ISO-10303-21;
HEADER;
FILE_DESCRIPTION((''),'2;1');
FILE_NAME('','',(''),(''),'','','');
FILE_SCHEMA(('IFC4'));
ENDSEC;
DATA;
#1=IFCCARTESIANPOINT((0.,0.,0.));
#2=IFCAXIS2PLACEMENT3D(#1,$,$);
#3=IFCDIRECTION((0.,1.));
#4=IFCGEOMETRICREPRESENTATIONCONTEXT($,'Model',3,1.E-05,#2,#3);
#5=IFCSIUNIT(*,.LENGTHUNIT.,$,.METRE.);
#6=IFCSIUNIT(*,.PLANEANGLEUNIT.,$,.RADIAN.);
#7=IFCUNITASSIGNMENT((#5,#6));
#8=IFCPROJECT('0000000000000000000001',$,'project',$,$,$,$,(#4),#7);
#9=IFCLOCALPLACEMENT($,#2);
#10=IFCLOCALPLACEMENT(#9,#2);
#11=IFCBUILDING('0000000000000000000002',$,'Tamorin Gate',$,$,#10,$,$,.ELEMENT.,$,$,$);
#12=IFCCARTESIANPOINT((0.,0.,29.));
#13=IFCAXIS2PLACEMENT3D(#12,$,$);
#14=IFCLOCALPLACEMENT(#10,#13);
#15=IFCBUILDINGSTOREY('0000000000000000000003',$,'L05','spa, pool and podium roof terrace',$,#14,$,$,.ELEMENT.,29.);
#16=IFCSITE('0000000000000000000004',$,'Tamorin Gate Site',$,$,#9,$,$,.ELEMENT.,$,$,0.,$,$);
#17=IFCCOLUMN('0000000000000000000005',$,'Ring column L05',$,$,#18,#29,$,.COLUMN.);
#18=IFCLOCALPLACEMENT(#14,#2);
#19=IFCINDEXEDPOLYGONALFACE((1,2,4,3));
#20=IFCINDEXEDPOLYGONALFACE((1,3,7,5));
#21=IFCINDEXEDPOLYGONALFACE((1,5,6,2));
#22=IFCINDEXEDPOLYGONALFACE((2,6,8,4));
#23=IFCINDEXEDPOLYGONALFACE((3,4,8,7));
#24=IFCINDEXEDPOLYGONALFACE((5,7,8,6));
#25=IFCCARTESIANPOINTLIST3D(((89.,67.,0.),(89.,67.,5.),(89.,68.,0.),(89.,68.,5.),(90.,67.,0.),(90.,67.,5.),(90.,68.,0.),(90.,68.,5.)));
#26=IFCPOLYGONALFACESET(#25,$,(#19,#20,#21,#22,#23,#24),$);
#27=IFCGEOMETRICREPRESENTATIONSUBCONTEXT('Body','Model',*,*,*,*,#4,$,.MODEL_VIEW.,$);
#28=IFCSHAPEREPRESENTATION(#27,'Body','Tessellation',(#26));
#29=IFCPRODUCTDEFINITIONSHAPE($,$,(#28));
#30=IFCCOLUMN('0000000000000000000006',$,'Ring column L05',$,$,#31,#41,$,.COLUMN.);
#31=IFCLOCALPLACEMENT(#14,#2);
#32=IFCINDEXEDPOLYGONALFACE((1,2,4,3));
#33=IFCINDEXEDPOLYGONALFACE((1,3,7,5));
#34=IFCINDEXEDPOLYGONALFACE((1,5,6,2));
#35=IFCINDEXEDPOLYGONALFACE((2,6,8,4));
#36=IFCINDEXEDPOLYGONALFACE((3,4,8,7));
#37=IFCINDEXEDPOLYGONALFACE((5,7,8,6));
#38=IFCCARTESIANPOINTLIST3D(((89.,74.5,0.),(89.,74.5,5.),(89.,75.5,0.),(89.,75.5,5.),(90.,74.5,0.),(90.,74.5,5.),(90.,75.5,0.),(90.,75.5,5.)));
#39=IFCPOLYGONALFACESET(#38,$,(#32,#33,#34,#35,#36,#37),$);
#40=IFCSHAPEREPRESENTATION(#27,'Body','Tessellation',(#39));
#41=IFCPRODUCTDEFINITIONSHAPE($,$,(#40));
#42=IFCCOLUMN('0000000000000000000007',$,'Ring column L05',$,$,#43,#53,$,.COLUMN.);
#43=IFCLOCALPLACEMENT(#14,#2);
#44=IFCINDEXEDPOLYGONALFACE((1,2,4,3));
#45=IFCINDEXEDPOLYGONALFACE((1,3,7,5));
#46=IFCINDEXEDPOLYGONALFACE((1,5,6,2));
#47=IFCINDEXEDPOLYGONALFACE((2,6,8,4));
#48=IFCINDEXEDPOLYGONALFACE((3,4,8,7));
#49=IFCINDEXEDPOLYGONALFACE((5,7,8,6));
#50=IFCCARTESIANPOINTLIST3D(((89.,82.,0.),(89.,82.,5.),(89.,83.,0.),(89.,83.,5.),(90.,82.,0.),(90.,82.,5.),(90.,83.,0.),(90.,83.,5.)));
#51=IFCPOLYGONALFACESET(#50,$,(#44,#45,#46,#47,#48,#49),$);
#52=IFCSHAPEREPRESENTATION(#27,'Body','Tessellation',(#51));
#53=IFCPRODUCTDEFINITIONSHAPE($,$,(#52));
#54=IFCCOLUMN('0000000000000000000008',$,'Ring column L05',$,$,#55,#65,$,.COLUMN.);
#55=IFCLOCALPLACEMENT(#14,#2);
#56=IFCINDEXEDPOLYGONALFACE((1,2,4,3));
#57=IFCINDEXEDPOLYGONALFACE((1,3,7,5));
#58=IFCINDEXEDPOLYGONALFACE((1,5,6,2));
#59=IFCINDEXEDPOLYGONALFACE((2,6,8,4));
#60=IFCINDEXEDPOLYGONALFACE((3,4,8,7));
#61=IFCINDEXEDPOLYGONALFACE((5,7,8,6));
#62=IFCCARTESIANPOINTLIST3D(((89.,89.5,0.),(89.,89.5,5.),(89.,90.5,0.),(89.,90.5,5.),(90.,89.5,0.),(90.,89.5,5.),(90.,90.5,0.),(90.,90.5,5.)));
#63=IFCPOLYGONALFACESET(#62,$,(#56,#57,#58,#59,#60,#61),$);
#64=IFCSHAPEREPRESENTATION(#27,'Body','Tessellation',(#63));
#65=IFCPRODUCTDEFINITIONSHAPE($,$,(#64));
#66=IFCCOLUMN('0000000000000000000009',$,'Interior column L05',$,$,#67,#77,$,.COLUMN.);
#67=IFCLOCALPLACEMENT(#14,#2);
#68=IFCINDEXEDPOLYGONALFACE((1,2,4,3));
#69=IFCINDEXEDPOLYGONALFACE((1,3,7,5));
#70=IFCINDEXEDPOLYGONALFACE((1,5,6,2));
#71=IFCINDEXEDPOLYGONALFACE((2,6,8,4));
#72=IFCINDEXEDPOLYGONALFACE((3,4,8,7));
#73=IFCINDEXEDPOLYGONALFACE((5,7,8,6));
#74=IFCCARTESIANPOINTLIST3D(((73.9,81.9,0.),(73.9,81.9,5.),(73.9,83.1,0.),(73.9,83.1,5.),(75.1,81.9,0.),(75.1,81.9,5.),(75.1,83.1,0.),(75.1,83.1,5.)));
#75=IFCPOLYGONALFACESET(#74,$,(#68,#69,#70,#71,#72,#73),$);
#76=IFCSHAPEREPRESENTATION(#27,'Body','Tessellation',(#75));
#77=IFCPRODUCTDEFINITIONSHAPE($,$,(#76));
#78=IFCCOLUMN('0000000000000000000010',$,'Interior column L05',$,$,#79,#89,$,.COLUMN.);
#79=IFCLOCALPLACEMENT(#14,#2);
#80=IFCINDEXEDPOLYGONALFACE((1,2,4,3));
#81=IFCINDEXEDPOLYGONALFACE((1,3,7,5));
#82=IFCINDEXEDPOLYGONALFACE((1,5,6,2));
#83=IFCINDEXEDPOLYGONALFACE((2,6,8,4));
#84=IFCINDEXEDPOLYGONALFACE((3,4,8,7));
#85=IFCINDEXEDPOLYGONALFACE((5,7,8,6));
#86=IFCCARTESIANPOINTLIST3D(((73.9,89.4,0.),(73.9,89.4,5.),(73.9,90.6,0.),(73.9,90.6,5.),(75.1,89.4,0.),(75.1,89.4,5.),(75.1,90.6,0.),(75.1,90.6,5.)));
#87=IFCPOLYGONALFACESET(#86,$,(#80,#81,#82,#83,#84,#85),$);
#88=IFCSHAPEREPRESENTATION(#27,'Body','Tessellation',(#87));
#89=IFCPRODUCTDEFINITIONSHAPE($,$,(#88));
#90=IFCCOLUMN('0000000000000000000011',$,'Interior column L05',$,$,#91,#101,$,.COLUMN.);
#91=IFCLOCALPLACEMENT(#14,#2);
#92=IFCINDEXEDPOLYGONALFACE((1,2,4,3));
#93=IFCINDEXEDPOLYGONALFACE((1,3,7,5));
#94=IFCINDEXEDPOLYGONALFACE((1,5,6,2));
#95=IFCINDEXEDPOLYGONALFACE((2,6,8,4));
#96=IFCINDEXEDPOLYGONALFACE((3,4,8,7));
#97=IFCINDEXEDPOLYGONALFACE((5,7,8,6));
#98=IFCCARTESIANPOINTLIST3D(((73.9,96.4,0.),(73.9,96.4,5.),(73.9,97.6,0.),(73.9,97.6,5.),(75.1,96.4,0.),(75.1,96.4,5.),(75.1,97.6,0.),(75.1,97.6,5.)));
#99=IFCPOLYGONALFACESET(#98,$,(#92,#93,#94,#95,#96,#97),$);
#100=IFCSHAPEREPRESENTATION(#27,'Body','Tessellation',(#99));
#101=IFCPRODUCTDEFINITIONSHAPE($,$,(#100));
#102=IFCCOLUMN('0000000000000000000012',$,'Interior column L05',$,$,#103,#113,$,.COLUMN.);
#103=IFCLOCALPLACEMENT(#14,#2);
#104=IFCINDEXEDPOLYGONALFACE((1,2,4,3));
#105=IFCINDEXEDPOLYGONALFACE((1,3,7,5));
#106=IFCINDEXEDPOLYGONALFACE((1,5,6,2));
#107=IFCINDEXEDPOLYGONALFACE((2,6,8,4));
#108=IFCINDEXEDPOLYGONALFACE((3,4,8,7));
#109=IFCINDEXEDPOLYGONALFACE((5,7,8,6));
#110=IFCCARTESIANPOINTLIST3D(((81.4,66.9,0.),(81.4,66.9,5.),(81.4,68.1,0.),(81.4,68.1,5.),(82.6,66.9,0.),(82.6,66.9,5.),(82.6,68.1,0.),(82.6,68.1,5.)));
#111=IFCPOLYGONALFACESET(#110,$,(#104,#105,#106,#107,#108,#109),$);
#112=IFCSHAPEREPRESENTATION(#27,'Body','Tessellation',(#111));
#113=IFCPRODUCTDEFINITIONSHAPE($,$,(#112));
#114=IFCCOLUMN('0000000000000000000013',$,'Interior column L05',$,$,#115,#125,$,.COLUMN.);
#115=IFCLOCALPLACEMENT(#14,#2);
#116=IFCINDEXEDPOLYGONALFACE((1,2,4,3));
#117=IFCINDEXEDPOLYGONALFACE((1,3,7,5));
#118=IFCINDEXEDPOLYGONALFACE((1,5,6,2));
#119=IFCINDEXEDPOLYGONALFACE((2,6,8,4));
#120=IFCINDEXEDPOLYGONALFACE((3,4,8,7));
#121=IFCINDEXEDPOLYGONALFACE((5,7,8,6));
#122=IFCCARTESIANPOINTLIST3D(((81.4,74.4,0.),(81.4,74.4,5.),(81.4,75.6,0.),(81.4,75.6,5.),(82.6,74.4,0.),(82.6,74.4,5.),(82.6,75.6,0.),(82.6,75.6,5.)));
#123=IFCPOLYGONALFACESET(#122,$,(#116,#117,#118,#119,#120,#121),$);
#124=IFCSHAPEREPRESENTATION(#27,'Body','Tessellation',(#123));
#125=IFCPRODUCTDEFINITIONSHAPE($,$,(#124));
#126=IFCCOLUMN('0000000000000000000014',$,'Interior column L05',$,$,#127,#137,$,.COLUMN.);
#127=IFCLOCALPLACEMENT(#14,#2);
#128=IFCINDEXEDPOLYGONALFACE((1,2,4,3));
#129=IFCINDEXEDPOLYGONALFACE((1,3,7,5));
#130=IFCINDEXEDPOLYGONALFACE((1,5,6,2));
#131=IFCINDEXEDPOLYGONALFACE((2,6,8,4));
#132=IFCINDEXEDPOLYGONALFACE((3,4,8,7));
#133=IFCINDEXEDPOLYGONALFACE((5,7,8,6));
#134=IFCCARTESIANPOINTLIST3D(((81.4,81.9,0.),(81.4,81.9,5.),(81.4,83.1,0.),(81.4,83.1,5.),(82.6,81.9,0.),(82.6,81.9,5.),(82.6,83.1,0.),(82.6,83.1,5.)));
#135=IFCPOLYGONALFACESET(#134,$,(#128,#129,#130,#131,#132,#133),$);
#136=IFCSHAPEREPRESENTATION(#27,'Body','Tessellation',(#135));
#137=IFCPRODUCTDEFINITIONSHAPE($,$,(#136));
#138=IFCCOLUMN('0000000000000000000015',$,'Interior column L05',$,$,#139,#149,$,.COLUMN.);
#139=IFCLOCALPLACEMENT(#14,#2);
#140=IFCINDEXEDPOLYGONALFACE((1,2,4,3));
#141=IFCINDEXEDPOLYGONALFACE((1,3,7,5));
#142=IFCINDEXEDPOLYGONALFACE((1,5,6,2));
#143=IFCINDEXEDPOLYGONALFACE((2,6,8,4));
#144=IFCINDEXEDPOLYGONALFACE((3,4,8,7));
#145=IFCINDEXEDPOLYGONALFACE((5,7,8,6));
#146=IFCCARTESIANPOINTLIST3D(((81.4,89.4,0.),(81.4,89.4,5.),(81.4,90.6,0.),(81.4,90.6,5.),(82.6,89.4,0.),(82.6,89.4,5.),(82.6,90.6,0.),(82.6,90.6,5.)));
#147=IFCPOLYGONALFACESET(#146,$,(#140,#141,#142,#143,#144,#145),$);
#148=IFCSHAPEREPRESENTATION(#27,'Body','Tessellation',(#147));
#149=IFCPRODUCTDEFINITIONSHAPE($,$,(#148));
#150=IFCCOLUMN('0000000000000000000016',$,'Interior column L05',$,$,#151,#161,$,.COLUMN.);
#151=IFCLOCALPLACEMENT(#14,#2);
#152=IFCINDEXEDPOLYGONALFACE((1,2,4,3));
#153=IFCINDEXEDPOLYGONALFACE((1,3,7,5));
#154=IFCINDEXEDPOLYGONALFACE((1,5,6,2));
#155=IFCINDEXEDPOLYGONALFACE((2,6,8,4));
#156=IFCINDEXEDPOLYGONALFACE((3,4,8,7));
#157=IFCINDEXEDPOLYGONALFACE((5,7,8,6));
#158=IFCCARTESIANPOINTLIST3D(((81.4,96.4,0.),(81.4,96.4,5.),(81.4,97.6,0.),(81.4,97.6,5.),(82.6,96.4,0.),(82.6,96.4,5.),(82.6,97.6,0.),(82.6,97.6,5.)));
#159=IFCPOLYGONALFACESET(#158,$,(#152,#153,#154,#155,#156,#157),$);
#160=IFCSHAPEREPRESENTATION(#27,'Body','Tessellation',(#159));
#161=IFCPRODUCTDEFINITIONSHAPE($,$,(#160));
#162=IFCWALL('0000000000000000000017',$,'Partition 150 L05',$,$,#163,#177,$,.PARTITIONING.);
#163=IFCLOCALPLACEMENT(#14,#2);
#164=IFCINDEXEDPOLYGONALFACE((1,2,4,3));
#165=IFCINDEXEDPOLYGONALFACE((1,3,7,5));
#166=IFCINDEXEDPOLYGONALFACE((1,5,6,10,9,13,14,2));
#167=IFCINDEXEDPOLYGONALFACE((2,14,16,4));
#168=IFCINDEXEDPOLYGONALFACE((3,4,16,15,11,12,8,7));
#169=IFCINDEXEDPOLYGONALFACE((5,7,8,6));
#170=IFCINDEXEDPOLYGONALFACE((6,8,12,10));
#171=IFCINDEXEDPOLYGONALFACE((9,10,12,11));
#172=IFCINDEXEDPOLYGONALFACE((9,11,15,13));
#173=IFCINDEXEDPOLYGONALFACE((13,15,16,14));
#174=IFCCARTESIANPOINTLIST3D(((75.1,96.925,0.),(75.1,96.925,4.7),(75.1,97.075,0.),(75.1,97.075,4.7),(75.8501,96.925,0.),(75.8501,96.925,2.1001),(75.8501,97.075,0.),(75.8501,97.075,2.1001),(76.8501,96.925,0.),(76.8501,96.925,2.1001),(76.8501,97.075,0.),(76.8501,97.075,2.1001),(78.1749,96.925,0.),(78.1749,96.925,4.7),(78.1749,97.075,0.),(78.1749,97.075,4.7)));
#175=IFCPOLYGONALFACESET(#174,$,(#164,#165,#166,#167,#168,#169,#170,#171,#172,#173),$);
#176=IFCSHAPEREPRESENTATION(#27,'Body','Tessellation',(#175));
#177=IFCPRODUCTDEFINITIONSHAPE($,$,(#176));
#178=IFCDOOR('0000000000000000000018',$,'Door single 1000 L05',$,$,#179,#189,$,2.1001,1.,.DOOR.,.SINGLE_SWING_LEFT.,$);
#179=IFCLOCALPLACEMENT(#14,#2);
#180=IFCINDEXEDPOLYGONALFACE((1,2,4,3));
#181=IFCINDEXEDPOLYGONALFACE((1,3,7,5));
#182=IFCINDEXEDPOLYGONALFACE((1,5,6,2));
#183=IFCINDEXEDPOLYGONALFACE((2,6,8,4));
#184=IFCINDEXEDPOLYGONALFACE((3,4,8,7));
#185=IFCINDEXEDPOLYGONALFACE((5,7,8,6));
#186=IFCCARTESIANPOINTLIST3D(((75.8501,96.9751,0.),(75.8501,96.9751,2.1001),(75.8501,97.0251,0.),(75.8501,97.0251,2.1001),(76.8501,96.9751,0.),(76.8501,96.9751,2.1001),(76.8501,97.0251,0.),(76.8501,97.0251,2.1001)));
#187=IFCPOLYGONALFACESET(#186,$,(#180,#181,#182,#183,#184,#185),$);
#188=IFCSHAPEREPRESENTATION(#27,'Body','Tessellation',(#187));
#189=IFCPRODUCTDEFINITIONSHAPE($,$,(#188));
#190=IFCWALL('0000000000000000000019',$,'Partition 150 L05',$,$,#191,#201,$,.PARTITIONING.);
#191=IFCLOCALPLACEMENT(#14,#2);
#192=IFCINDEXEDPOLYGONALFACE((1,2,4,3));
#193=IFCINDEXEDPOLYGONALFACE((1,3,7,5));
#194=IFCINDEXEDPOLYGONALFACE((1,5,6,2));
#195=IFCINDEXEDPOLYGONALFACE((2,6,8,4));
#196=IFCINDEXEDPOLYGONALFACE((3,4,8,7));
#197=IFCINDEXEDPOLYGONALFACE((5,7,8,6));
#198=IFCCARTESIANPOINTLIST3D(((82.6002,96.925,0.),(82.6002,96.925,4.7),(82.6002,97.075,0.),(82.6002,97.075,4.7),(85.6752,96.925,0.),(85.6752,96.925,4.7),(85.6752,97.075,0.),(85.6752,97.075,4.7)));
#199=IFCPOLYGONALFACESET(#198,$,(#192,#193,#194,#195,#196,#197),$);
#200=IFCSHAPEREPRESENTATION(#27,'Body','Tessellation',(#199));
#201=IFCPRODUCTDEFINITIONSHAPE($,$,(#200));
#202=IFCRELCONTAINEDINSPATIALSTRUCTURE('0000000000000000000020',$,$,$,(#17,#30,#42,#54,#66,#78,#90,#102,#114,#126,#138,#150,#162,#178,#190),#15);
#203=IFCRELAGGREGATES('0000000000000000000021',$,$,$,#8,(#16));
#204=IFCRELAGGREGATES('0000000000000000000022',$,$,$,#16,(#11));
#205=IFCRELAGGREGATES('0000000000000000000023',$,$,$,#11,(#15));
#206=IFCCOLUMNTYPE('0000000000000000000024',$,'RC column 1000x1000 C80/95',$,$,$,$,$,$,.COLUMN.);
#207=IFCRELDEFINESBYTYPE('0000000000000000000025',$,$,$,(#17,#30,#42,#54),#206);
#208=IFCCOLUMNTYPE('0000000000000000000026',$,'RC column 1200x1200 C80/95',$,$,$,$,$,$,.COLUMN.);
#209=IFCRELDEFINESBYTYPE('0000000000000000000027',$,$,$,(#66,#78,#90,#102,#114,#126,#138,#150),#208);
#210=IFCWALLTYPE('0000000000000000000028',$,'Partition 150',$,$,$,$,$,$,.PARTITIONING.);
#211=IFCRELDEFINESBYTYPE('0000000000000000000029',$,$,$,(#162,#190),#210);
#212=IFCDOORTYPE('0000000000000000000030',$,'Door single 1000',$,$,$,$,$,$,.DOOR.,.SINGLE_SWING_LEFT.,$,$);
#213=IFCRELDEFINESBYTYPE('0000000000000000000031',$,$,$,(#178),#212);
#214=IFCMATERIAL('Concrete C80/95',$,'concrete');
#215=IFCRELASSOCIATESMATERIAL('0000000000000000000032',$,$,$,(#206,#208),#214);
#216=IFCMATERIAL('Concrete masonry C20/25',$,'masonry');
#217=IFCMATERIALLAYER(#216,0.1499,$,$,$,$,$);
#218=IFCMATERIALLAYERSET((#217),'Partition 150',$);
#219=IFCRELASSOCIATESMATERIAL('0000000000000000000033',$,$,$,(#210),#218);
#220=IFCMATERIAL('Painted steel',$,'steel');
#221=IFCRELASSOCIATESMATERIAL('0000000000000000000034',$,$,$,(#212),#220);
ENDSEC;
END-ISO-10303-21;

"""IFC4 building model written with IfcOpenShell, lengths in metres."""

from ifc_helpers import new_model, si_unit, direction, frame, frame_2d, origin, origin_2d, place, context, subcontext, project, spatial, rectangle, extrude, material, layer, layer_set, material_profile, profile_set, type_object, element, fill, save


model = new_model("IFC4")

# Units and contexts
model_context = context("Model", 3, precision=1e-05, world=origin(), true_north=direction((0.0, 1.0)))
body_context = subcontext(model_context, "Body", "Model", "MODEL_VIEW")
ifc_project = project(units=[si_unit("LENGTHUNIT", "METRE"), si_unit("PLANEANGLEUNIT", "RADIAN")], contexts=[model_context])

# Site, building, storey
site_placement = place(None, origin())
site = spatial("IfcSite", under=ifc_project, at=site_placement, Name="Tamorin Gate Site", CompositionType="ELEMENT", RefElevation=0.0)
building_placement = place(site_placement, origin())
building = spatial("IfcBuilding", under=site, at=building_placement, Name="Tamorin Gate", CompositionType="ELEMENT")
storey_placement = place(building_placement, frame((0.0, 0.0, 29.0)))
storey = spatial("IfcBuildingStorey", under=building, at=storey_placement, Name="L05", Description="spa, pool and podium roof terrace", CompositionType="ELEMENT", Elevation=29.0)

# Columns
ifc_material_1 = material(Name="Concrete C80/95", Category="concrete")
ifc_material_profile_1 = material_profile(ifc_material_1, rectangle(XDim=1.0, YDim=1.0, at=origin_2d()), Name="RC 1000x1000")
ifc_profile_set_1 = profile_set([ifc_material_profile_1], Name="Concrete C80/95")
column_type_1 = type_object("IfcColumnType", Name="RC column 1000x1000 C80/95", PredefinedType="COLUMN", material=ifc_profile_set_1)
for number, where, z_axis, x_axis, name in (
    (1, (89.5, 67.5, 0.0), (0.0, 0.0, 1.0), (1.0, 0.0, 0.0), "Ring column L05"),
    (2, (89.5, 75.0, 0.0), (0.0, 0.0, 1.0), (1.0, 0.0, 0.0), "Ring column L05"),
    (3, (89.5, 82.5, 0.0), (0.0, 0.0, 1.0), (1.0, 0.0, 0.0), "Ring column L05"),
    (4, (89.5, 90.0, 0.0), (0.0, 0.0, 1.0), (1.0, 0.0, 0.0), "Ring column L05"),
):
    element("IfcColumn", number, at=place(storey_placement, frame(where, z_axis=z_axis, x_axis=x_axis)), inside=storey, type_object=column_type_1, Name=name, PredefinedType="COLUMN", context=body_context, shape_type="SweptSolid", body=[
        extrude(rectangle(XDim=1.0, YDim=1.0, at=origin_2d()), origin(), (0.0, 0.0, 1.0), 5.0),
    ])
ifc_material_profile_2 = material_profile(ifc_material_1, rectangle(XDim=1.2, YDim=1.2, at=origin_2d()), Name="RC 1200x1200")
ifc_profile_set_2 = profile_set([ifc_material_profile_2], Name="Concrete C80/95")
column_type_2 = type_object("IfcColumnType", Name="RC column 1200x1200 C80/95", PredefinedType="COLUMN", material=ifc_profile_set_2)
for number, where, z_axis, x_axis, name in (
    (5, (74.5, 82.5, 0.0), (0.0, 0.0, 1.0), (1.0, 0.0, 0.0), "Interior column L05"),
    (6, (74.5, 90.0, 0.0), (0.0, 0.0, 1.0), (1.0, 0.0, 0.0), "Interior column L05"),
    (7, (74.5, 97.0, 0.0), (0.0, 0.0, 1.0), (1.0, 0.0, 0.0), "Interior column L05"),
    (8, (82.0, 67.5, 0.0), (0.0, 0.0, 1.0), (1.0, 0.0, 0.0), "Interior column L05"),
    (9, (82.0, 75.0, 0.0), (0.0, 0.0, 1.0), (1.0, 0.0, 0.0), "Interior column L05"),
    (10, (82.0, 82.5, 0.0), (0.0, 0.0, 1.0), (1.0, 0.0, 0.0), "Interior column L05"),
    (11, (82.0, 90.0, 0.0), (0.0, 0.0, 1.0), (1.0, 0.0, 0.0), "Interior column L05"),
    (12, (82.0, 97.0, 0.0), (0.0, 0.0, 1.0), (1.0, 0.0, 0.0), "Interior column L05"),
):
    element("IfcColumn", number, at=place(storey_placement, frame(where, z_axis=z_axis, x_axis=x_axis)), inside=storey, type_object=column_type_2, Name=name, PredefinedType="COLUMN", context=body_context, shape_type="SweptSolid", body=[
        extrude(rectangle(XDim=1.2, YDim=1.2, at=origin_2d()), origin(), (0.0, 0.0, 1.0), 5.0),
    ])

# Wall, opening, door
ifc_material_2 = material(Name="Concrete masonry C20/25", Category="masonry")
ifc_layer = layer(ifc_material_2, 0.1499)
ifc_layer_set = layer_set([ifc_layer], Name="Partition 150")
wall_type = type_object("IfcWallType", Name="Partition 150", PredefinedType="PARTITIONING", material=ifc_layer_set)
wall_1_placement = place(storey_placement, frame((78.175, 97.0, 0.0), z_axis=(0.0, 0.0, 1.0), x_axis=(-1.0, 0.0, 0.0)))
wall_1 = element("IfcWall", 13, at=wall_1_placement, inside=storey, type_object=wall_type, Name="Partition 150 L05", PredefinedType="PARTITIONING", context=body_context, shape_type="SweptSolid", body=[
    extrude(rectangle(XDim=3.075, YDim=0.1499, at=frame_2d((1.5376, 0.0))), origin(), (0.0, 0.0, 1.0), 4.7),
])
opening_1_placement = place(wall_1_placement, frame((1.325, 0.0, 0.0)))
opening_1 = element("IfcOpeningElement", 14, at=opening_1_placement, cuts=wall_1, PredefinedType="OPENING", context=body_context, shape_type="SweptSolid", body=[
    extrude(rectangle(XDim=1.0, YDim=2.1001, at=frame_2d((0.5, 1.05))), frame((0.0, 0.085, 0.0), z_axis=(0.0, -1.0, 0.0), x_axis=(1.0, 0.0, 0.0)), (0.0, 0.0, 1.0), 0.1699),
])
ifc_material_3 = material(Name="Painted steel", Category="steel")
door_type_1 = type_object("IfcDoorType", Name="Door single 1000", OperationType="SINGLE_SWING_LEFT", PredefinedType="DOOR", material=ifc_material_3)
door_1_placement = place(opening_1_placement, origin())
door_1 = element("IfcDoor", 15, at=door_1_placement, inside=storey, type_object=door_type_1, Name="Door single 1000 L05", OperationType="SINGLE_SWING_LEFT", OverallHeight=2.1001, OverallWidth=1.0, PredefinedType="DOOR", context=body_context, shape_type="SweptSolid", body=[
    extrude(rectangle(XDim=1.0, YDim=2.1001, at=frame_2d((0.5, 1.05))), frame((0.0, 0.0249, 0.0), z_axis=(0.0, -1.0, 0.0), x_axis=(1.0, 0.0, 0.0)), (0.0, 0.0, 1.0), 0.05),
])
fill(opening_1, door_1)

# Wall
wall_2_placement = place(storey_placement, frame((82.6001, 97.0, 0.0), z_axis=(0.0, 0.0, 1.0), x_axis=(1.0, 0.0, 0.0)))
element("IfcWall", 16, at=wall_2_placement, inside=storey, type_object=wall_type, Name="Partition 150 L05", PredefinedType="PARTITIONING", context=body_context, shape_type="SweptSolid", body=[
    extrude(rectangle(XDim=3.075, YDim=0.1499, at=frame_2d((1.5376, 0.0))), origin(), (0.0, 0.0, 1.0), 4.7),
])

save(model, "model.ifc")
